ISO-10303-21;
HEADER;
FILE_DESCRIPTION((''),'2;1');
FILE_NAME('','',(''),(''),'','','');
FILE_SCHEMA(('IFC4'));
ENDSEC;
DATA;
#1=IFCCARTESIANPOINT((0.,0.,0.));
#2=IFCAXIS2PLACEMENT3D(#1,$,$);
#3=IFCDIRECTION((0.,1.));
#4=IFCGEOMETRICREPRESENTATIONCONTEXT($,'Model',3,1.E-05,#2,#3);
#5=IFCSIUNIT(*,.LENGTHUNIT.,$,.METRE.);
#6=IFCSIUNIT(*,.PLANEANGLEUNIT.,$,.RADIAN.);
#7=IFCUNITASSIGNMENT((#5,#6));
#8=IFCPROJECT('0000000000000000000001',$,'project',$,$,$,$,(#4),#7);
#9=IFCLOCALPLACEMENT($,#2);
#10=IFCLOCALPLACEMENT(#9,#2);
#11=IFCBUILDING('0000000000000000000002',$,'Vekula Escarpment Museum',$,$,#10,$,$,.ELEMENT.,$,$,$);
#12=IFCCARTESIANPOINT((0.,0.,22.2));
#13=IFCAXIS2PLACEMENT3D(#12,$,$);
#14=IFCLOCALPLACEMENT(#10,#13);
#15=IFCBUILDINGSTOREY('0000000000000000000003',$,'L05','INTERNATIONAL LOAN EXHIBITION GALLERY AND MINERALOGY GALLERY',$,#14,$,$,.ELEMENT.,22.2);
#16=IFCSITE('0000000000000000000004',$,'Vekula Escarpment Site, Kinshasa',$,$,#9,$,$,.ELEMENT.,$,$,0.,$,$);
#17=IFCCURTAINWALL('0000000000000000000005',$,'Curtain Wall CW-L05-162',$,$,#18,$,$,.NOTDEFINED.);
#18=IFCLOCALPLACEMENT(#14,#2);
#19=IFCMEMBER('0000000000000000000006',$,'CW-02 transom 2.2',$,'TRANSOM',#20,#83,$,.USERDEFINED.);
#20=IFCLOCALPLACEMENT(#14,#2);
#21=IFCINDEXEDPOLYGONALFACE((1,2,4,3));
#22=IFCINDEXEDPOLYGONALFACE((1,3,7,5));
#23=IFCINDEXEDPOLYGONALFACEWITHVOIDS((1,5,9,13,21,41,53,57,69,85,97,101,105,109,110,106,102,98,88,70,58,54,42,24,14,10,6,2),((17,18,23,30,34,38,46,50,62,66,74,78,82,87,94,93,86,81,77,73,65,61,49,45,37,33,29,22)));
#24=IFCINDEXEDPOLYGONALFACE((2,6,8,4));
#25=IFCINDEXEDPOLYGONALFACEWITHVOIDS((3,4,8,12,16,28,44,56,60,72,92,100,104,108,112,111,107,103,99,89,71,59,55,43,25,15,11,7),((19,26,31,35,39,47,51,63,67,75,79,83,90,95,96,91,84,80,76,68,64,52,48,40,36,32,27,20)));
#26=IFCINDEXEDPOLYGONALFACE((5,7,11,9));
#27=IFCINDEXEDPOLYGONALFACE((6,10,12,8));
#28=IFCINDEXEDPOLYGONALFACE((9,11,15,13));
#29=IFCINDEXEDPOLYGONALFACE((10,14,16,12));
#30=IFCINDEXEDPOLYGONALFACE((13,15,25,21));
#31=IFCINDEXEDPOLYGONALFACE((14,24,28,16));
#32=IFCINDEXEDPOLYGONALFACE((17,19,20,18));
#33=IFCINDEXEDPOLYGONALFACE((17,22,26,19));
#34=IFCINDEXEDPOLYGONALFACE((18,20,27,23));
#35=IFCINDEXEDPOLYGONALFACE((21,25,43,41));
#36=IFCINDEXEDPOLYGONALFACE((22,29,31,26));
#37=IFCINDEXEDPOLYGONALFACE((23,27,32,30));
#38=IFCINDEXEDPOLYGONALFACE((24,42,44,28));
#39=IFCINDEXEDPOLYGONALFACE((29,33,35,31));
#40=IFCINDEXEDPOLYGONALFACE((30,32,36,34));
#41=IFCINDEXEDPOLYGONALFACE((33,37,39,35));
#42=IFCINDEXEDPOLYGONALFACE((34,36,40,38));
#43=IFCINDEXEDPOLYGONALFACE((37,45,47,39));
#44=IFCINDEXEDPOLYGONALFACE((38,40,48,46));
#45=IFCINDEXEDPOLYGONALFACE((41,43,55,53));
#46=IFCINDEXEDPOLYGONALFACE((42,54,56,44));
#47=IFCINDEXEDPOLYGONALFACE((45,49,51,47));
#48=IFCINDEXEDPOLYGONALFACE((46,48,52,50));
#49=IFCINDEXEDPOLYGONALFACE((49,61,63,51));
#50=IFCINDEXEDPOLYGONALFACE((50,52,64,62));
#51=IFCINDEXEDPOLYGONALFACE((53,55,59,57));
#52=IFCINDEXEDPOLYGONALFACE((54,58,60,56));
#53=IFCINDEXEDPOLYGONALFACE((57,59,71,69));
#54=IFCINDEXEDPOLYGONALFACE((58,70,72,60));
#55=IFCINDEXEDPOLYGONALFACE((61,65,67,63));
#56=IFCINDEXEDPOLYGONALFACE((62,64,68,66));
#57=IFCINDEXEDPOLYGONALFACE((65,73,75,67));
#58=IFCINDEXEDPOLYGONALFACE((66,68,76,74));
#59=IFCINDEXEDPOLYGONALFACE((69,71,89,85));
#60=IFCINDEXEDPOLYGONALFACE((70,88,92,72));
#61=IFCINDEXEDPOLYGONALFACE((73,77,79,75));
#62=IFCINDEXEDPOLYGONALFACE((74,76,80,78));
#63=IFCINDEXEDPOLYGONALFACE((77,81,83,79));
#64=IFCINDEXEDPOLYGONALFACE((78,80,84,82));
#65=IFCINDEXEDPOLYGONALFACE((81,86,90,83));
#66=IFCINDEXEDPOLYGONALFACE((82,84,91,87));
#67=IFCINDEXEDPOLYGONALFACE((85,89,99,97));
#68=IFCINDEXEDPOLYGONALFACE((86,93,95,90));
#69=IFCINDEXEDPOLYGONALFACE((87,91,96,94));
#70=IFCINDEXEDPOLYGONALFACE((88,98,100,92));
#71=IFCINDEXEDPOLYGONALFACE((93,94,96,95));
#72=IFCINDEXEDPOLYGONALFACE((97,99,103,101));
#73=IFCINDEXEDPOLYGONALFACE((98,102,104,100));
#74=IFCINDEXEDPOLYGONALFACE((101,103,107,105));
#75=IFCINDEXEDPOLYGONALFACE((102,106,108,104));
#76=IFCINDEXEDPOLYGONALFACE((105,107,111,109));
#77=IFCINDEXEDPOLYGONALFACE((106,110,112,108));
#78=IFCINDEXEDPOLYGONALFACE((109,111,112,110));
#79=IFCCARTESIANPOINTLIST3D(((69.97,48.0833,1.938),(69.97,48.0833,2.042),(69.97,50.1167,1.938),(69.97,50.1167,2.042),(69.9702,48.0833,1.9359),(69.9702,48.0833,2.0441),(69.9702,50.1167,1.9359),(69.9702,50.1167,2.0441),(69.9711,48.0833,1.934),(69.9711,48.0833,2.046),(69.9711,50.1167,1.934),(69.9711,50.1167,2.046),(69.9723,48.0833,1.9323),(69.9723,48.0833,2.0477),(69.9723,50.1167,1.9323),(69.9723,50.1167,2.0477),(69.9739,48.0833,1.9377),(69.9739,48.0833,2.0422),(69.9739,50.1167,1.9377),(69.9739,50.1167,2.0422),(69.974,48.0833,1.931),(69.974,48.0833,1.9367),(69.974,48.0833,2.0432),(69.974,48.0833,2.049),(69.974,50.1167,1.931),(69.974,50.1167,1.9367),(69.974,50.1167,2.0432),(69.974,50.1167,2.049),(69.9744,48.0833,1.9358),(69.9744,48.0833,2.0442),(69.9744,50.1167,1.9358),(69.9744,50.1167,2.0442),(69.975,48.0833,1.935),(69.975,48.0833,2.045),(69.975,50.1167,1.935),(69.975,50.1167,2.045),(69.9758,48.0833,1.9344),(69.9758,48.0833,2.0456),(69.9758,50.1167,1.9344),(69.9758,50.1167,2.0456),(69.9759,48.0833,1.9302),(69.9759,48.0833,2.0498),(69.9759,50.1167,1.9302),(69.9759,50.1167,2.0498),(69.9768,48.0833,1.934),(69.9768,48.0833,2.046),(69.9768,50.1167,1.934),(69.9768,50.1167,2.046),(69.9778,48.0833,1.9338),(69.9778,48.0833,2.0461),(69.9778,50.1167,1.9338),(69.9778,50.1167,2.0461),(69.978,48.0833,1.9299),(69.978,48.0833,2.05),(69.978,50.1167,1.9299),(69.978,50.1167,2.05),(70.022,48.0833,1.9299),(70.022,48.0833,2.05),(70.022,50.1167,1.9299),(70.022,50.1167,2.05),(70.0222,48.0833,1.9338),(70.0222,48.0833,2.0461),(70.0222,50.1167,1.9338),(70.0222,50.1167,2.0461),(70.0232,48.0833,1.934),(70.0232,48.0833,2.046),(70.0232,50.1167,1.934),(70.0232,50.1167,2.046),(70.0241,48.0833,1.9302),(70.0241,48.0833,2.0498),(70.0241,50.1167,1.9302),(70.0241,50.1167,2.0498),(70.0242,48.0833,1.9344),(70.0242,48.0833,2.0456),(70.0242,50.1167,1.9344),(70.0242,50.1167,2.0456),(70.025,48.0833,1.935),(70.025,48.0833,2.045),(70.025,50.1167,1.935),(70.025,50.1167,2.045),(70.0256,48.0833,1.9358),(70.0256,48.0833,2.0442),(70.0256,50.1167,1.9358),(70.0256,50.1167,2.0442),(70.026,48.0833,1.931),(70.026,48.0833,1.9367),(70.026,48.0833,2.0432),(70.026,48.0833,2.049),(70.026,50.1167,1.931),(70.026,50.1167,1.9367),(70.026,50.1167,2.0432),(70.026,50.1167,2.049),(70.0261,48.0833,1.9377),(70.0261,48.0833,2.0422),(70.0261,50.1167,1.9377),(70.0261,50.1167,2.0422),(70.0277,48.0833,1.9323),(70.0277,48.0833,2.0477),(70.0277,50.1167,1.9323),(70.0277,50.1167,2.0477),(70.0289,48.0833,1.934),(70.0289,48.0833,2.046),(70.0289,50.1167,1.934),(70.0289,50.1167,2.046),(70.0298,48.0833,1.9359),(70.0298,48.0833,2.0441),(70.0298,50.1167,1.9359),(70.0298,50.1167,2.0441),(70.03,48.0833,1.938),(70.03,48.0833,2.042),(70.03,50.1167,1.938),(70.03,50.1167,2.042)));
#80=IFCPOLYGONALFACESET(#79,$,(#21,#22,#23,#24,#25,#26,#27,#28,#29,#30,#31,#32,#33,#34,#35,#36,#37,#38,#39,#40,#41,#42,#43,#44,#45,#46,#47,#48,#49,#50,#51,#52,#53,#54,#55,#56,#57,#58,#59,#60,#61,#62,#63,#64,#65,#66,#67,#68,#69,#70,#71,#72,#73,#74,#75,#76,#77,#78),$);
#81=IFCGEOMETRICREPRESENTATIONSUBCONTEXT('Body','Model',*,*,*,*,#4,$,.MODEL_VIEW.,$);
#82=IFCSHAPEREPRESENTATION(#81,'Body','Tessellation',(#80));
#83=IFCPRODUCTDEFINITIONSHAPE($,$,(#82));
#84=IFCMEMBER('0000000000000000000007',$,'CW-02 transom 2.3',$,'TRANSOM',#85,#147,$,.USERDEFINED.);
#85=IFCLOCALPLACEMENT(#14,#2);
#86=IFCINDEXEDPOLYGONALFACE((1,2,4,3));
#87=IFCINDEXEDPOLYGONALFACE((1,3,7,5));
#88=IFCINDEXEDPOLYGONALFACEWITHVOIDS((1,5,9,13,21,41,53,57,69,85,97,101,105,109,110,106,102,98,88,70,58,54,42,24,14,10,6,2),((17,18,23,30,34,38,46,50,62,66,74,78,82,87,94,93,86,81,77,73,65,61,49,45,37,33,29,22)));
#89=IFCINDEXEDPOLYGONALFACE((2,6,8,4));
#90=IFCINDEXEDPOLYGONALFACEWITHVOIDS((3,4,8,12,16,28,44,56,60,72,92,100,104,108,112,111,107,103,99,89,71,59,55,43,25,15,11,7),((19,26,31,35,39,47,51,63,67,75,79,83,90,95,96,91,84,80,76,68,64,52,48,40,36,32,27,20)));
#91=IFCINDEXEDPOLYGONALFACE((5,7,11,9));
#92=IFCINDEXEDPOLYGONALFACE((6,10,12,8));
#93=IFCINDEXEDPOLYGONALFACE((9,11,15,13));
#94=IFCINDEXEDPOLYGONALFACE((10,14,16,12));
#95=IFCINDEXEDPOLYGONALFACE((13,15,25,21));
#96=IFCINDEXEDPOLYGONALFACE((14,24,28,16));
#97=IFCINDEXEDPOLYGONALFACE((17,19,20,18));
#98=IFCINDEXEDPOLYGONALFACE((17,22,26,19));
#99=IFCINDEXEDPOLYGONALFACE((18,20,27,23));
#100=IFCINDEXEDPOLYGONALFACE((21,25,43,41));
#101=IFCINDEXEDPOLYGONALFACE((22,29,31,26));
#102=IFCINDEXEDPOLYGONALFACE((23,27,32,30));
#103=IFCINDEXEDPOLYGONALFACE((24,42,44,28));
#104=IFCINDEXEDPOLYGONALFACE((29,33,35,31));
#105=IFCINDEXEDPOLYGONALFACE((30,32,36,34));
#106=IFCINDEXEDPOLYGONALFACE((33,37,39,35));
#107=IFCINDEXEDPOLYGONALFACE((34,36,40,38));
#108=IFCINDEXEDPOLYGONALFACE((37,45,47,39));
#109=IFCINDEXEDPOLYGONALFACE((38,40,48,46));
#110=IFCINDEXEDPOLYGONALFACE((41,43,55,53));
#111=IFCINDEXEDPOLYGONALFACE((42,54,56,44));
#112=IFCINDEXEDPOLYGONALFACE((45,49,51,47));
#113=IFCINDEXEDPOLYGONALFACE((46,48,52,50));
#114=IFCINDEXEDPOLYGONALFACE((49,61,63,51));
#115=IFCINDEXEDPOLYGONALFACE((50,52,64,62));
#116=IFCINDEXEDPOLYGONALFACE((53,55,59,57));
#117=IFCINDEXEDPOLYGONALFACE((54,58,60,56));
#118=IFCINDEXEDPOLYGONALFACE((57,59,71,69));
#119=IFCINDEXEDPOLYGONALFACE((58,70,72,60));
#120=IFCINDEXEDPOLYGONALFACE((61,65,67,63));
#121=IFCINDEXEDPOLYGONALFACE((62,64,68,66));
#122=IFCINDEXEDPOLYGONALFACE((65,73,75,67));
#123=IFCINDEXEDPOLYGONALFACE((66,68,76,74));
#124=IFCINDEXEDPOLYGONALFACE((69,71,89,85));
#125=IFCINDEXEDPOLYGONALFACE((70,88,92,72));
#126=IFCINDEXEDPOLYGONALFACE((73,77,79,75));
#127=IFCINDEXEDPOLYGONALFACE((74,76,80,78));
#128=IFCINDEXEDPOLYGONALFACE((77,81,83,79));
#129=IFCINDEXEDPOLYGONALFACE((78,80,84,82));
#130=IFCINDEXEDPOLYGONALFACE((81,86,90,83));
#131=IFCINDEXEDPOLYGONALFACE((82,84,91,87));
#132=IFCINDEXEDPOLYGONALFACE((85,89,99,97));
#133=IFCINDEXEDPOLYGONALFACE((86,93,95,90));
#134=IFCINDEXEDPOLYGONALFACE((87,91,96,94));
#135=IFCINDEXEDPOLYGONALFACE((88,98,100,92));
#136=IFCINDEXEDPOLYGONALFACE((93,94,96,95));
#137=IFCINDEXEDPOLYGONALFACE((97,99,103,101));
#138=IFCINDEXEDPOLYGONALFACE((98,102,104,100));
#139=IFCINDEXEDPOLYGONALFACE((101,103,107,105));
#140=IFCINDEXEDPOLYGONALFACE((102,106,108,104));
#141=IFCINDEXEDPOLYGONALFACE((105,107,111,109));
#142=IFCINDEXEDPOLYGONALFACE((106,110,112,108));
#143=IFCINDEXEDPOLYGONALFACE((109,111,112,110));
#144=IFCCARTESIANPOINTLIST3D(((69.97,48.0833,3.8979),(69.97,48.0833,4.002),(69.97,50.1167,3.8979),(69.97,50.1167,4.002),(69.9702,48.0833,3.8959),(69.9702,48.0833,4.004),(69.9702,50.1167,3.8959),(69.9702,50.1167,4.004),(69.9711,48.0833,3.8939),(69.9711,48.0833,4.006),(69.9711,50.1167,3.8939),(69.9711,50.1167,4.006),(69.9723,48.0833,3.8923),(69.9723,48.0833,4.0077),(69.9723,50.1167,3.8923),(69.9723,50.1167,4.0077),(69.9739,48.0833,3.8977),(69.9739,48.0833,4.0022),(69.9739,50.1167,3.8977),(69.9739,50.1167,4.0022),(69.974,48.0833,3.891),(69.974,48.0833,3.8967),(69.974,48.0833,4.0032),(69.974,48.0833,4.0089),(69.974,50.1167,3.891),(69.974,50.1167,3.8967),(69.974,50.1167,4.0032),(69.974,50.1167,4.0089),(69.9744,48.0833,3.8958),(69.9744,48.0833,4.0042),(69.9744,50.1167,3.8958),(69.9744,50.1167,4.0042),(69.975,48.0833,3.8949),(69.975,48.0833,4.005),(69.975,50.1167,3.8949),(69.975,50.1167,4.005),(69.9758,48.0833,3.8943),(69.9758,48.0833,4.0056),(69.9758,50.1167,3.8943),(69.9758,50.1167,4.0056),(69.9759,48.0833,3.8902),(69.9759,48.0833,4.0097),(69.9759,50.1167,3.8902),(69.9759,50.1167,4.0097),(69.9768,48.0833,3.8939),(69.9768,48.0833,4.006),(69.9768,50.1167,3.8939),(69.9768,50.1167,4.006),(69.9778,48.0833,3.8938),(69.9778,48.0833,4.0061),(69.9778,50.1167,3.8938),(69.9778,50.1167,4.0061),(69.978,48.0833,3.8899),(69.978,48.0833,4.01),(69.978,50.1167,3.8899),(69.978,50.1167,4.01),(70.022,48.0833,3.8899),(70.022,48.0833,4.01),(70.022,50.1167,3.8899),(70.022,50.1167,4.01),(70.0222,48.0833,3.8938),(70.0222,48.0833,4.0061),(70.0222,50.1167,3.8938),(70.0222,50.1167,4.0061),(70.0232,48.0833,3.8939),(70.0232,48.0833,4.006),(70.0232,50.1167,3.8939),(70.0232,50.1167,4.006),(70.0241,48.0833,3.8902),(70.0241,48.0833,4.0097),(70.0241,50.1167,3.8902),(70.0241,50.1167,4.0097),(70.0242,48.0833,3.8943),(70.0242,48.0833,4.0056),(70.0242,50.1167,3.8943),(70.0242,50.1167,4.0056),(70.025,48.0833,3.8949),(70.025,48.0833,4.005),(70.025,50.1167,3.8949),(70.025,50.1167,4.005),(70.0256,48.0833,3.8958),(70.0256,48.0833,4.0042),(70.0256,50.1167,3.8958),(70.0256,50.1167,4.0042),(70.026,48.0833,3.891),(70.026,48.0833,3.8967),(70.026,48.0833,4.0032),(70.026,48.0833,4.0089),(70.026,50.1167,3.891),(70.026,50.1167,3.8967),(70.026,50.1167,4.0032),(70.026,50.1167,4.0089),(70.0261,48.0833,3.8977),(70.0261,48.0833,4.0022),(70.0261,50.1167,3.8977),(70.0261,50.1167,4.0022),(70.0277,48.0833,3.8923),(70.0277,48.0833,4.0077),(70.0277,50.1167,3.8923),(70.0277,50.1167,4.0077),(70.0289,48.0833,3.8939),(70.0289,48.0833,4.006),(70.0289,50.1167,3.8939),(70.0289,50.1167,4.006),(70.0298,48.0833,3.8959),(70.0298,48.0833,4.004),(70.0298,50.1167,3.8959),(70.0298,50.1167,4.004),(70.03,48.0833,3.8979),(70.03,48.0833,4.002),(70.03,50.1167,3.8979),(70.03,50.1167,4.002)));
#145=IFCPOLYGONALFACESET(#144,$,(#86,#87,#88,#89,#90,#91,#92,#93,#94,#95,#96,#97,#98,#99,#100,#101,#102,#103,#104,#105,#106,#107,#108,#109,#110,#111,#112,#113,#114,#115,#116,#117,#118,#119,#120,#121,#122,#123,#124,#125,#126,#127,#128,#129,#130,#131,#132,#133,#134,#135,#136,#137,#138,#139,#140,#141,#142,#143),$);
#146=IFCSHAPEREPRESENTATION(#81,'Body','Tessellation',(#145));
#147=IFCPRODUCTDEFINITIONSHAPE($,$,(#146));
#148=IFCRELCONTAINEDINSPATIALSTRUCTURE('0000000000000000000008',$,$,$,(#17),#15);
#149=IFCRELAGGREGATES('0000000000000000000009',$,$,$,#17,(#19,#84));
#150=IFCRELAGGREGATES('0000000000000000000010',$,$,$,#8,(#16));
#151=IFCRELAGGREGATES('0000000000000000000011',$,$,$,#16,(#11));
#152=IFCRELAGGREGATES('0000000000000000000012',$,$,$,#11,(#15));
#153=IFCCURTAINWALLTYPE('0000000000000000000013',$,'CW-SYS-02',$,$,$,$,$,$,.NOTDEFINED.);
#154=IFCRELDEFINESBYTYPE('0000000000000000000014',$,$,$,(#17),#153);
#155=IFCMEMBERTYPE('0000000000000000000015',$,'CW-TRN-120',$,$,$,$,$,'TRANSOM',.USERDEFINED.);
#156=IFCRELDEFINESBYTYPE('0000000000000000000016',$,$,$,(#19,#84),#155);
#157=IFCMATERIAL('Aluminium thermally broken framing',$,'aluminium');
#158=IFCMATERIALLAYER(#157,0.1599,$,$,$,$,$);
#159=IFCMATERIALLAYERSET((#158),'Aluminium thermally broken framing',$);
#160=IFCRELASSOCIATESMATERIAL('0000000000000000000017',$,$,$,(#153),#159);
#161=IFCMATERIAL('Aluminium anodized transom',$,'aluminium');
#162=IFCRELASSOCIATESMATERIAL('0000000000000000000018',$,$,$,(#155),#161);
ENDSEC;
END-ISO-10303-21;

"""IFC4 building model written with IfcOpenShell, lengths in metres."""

from ifc_helpers import new_model, si_unit, direction, frame, origin, origin_2d, place, context, subcontext, project, spatial, hollow_rectangle, extrude, material, layer, layer_set, material_profile, profile_set, type_object, element, aggregate, save


model = new_model("IFC4")

# Units and contexts
model_context = context("Model", 3, precision=1e-05, world=origin(), true_north=direction((0.0, 1.0)))
body_context = subcontext(model_context, "Body", "Model", "MODEL_VIEW")
ifc_project = project(units=[si_unit("LENGTHUNIT", "METRE"), si_unit("PLANEANGLEUNIT", "RADIAN")], contexts=[model_context])

# Site, building, storey
site_placement = place(None, origin())
site = spatial("IfcSite", under=ifc_project, at=site_placement, Name="Vekula Escarpment Site, Kinshasa", CompositionType="ELEMENT", RefElevation=0.0)
building_placement = place(site_placement, origin())
building = spatial("IfcBuilding", under=site, at=building_placement, Name="Vekula Escarpment Museum", CompositionType="ELEMENT")
storey_placement = place(building_placement, frame((0.0, 0.0, 22.2)))
storey = spatial("IfcBuildingStorey", under=building, at=storey_placement, Name="L05", Description="INTERNATIONAL LOAN EXHIBITION GALLERY AND MINERALOGY GALLERY", CompositionType="ELEMENT", Elevation=22.2)

# Curtain wall, members
ifc_material_1 = material(Name="Aluminium thermally broken framing", Category="aluminium")
ifc_layer_1 = layer(ifc_material_1, 0.1599)
ifc_layer_set_1 = layer_set([ifc_layer_1], Name="Aluminium thermally broken framing")
curtain_wall_type = type_object("IfcCurtainWallType", Name="CW-SYS-02", PredefinedType="NOTDEFINED", material=ifc_layer_set_1)
curtain_wall_placement = place(storey_placement, origin())
curtain_wall = element("IfcCurtainWall", 1, at=curtain_wall_placement, inside=storey, type_object=curtain_wall_type, Name="Curtain Wall CW-L05-162", PredefinedType="NOTDEFINED")
ifc_material_2 = material(Name="Aluminium anodized transom", Category="aluminium")
ifc_material_profile_1 = material_profile(ifc_material_2, hollow_rectangle(XDim=0.0601, YDim=0.1201, WallThickness=0.0039, InnerFilletRadius=0.0039, OuterFilletRadius=0.0081, at=origin_2d()), Name="ALU 120x60x4")
ifc_profile_set_1 = profile_set([ifc_material_profile_1], Name="Aluminium anodized transom")
member_type_1 = type_object("IfcMemberType", Name="CW-TRN-120", ElementType="TRANSOM", PredefinedType="USERDEFINED", material=ifc_profile_set_1)
member_1_placement = place(storey_placement, frame((70.0, 50.1167, 1.99), z_axis=(0.0, -1.0, 0.0), x_axis=(1.0, 0.0, 0.0)))
member_1 = element("IfcMember", 2, at=member_1_placement, type_object=member_type_1, Name="CW-02 transom 2.2", ObjectType="TRANSOM", PredefinedType="USERDEFINED", context=body_context, shape_type="SweptSolid", body=[
    extrude(hollow_rectangle(XDim=0.0601, YDim=0.1201, WallThickness=0.0039, InnerFilletRadius=0.0039, OuterFilletRadius=0.0081, at=origin_2d()), origin(), (0.0, 0.0, 1.0), 2.0334),
])
member_2_placement = place(storey_placement, frame((70.0, 50.1167, 3.95), z_axis=(0.0, -1.0, 0.0), x_axis=(1.0, 0.0, 0.0)))
member_2 = element("IfcMember", 3, at=member_2_placement, type_object=member_type_1, Name="CW-02 transom 2.3", ObjectType="TRANSOM", PredefinedType="USERDEFINED", context=body_context, shape_type="SweptSolid", body=[
    extrude(hollow_rectangle(XDim=0.0601, YDim=0.1201, WallThickness=0.0039, InnerFilletRadius=0.0039, OuterFilletRadius=0.0081, at=origin_2d()), origin(), (0.0, 0.0, 1.0), 2.0334),
])

aggregate(curtain_wall, [member_1, member_2])

save(model, "model.ifc")
